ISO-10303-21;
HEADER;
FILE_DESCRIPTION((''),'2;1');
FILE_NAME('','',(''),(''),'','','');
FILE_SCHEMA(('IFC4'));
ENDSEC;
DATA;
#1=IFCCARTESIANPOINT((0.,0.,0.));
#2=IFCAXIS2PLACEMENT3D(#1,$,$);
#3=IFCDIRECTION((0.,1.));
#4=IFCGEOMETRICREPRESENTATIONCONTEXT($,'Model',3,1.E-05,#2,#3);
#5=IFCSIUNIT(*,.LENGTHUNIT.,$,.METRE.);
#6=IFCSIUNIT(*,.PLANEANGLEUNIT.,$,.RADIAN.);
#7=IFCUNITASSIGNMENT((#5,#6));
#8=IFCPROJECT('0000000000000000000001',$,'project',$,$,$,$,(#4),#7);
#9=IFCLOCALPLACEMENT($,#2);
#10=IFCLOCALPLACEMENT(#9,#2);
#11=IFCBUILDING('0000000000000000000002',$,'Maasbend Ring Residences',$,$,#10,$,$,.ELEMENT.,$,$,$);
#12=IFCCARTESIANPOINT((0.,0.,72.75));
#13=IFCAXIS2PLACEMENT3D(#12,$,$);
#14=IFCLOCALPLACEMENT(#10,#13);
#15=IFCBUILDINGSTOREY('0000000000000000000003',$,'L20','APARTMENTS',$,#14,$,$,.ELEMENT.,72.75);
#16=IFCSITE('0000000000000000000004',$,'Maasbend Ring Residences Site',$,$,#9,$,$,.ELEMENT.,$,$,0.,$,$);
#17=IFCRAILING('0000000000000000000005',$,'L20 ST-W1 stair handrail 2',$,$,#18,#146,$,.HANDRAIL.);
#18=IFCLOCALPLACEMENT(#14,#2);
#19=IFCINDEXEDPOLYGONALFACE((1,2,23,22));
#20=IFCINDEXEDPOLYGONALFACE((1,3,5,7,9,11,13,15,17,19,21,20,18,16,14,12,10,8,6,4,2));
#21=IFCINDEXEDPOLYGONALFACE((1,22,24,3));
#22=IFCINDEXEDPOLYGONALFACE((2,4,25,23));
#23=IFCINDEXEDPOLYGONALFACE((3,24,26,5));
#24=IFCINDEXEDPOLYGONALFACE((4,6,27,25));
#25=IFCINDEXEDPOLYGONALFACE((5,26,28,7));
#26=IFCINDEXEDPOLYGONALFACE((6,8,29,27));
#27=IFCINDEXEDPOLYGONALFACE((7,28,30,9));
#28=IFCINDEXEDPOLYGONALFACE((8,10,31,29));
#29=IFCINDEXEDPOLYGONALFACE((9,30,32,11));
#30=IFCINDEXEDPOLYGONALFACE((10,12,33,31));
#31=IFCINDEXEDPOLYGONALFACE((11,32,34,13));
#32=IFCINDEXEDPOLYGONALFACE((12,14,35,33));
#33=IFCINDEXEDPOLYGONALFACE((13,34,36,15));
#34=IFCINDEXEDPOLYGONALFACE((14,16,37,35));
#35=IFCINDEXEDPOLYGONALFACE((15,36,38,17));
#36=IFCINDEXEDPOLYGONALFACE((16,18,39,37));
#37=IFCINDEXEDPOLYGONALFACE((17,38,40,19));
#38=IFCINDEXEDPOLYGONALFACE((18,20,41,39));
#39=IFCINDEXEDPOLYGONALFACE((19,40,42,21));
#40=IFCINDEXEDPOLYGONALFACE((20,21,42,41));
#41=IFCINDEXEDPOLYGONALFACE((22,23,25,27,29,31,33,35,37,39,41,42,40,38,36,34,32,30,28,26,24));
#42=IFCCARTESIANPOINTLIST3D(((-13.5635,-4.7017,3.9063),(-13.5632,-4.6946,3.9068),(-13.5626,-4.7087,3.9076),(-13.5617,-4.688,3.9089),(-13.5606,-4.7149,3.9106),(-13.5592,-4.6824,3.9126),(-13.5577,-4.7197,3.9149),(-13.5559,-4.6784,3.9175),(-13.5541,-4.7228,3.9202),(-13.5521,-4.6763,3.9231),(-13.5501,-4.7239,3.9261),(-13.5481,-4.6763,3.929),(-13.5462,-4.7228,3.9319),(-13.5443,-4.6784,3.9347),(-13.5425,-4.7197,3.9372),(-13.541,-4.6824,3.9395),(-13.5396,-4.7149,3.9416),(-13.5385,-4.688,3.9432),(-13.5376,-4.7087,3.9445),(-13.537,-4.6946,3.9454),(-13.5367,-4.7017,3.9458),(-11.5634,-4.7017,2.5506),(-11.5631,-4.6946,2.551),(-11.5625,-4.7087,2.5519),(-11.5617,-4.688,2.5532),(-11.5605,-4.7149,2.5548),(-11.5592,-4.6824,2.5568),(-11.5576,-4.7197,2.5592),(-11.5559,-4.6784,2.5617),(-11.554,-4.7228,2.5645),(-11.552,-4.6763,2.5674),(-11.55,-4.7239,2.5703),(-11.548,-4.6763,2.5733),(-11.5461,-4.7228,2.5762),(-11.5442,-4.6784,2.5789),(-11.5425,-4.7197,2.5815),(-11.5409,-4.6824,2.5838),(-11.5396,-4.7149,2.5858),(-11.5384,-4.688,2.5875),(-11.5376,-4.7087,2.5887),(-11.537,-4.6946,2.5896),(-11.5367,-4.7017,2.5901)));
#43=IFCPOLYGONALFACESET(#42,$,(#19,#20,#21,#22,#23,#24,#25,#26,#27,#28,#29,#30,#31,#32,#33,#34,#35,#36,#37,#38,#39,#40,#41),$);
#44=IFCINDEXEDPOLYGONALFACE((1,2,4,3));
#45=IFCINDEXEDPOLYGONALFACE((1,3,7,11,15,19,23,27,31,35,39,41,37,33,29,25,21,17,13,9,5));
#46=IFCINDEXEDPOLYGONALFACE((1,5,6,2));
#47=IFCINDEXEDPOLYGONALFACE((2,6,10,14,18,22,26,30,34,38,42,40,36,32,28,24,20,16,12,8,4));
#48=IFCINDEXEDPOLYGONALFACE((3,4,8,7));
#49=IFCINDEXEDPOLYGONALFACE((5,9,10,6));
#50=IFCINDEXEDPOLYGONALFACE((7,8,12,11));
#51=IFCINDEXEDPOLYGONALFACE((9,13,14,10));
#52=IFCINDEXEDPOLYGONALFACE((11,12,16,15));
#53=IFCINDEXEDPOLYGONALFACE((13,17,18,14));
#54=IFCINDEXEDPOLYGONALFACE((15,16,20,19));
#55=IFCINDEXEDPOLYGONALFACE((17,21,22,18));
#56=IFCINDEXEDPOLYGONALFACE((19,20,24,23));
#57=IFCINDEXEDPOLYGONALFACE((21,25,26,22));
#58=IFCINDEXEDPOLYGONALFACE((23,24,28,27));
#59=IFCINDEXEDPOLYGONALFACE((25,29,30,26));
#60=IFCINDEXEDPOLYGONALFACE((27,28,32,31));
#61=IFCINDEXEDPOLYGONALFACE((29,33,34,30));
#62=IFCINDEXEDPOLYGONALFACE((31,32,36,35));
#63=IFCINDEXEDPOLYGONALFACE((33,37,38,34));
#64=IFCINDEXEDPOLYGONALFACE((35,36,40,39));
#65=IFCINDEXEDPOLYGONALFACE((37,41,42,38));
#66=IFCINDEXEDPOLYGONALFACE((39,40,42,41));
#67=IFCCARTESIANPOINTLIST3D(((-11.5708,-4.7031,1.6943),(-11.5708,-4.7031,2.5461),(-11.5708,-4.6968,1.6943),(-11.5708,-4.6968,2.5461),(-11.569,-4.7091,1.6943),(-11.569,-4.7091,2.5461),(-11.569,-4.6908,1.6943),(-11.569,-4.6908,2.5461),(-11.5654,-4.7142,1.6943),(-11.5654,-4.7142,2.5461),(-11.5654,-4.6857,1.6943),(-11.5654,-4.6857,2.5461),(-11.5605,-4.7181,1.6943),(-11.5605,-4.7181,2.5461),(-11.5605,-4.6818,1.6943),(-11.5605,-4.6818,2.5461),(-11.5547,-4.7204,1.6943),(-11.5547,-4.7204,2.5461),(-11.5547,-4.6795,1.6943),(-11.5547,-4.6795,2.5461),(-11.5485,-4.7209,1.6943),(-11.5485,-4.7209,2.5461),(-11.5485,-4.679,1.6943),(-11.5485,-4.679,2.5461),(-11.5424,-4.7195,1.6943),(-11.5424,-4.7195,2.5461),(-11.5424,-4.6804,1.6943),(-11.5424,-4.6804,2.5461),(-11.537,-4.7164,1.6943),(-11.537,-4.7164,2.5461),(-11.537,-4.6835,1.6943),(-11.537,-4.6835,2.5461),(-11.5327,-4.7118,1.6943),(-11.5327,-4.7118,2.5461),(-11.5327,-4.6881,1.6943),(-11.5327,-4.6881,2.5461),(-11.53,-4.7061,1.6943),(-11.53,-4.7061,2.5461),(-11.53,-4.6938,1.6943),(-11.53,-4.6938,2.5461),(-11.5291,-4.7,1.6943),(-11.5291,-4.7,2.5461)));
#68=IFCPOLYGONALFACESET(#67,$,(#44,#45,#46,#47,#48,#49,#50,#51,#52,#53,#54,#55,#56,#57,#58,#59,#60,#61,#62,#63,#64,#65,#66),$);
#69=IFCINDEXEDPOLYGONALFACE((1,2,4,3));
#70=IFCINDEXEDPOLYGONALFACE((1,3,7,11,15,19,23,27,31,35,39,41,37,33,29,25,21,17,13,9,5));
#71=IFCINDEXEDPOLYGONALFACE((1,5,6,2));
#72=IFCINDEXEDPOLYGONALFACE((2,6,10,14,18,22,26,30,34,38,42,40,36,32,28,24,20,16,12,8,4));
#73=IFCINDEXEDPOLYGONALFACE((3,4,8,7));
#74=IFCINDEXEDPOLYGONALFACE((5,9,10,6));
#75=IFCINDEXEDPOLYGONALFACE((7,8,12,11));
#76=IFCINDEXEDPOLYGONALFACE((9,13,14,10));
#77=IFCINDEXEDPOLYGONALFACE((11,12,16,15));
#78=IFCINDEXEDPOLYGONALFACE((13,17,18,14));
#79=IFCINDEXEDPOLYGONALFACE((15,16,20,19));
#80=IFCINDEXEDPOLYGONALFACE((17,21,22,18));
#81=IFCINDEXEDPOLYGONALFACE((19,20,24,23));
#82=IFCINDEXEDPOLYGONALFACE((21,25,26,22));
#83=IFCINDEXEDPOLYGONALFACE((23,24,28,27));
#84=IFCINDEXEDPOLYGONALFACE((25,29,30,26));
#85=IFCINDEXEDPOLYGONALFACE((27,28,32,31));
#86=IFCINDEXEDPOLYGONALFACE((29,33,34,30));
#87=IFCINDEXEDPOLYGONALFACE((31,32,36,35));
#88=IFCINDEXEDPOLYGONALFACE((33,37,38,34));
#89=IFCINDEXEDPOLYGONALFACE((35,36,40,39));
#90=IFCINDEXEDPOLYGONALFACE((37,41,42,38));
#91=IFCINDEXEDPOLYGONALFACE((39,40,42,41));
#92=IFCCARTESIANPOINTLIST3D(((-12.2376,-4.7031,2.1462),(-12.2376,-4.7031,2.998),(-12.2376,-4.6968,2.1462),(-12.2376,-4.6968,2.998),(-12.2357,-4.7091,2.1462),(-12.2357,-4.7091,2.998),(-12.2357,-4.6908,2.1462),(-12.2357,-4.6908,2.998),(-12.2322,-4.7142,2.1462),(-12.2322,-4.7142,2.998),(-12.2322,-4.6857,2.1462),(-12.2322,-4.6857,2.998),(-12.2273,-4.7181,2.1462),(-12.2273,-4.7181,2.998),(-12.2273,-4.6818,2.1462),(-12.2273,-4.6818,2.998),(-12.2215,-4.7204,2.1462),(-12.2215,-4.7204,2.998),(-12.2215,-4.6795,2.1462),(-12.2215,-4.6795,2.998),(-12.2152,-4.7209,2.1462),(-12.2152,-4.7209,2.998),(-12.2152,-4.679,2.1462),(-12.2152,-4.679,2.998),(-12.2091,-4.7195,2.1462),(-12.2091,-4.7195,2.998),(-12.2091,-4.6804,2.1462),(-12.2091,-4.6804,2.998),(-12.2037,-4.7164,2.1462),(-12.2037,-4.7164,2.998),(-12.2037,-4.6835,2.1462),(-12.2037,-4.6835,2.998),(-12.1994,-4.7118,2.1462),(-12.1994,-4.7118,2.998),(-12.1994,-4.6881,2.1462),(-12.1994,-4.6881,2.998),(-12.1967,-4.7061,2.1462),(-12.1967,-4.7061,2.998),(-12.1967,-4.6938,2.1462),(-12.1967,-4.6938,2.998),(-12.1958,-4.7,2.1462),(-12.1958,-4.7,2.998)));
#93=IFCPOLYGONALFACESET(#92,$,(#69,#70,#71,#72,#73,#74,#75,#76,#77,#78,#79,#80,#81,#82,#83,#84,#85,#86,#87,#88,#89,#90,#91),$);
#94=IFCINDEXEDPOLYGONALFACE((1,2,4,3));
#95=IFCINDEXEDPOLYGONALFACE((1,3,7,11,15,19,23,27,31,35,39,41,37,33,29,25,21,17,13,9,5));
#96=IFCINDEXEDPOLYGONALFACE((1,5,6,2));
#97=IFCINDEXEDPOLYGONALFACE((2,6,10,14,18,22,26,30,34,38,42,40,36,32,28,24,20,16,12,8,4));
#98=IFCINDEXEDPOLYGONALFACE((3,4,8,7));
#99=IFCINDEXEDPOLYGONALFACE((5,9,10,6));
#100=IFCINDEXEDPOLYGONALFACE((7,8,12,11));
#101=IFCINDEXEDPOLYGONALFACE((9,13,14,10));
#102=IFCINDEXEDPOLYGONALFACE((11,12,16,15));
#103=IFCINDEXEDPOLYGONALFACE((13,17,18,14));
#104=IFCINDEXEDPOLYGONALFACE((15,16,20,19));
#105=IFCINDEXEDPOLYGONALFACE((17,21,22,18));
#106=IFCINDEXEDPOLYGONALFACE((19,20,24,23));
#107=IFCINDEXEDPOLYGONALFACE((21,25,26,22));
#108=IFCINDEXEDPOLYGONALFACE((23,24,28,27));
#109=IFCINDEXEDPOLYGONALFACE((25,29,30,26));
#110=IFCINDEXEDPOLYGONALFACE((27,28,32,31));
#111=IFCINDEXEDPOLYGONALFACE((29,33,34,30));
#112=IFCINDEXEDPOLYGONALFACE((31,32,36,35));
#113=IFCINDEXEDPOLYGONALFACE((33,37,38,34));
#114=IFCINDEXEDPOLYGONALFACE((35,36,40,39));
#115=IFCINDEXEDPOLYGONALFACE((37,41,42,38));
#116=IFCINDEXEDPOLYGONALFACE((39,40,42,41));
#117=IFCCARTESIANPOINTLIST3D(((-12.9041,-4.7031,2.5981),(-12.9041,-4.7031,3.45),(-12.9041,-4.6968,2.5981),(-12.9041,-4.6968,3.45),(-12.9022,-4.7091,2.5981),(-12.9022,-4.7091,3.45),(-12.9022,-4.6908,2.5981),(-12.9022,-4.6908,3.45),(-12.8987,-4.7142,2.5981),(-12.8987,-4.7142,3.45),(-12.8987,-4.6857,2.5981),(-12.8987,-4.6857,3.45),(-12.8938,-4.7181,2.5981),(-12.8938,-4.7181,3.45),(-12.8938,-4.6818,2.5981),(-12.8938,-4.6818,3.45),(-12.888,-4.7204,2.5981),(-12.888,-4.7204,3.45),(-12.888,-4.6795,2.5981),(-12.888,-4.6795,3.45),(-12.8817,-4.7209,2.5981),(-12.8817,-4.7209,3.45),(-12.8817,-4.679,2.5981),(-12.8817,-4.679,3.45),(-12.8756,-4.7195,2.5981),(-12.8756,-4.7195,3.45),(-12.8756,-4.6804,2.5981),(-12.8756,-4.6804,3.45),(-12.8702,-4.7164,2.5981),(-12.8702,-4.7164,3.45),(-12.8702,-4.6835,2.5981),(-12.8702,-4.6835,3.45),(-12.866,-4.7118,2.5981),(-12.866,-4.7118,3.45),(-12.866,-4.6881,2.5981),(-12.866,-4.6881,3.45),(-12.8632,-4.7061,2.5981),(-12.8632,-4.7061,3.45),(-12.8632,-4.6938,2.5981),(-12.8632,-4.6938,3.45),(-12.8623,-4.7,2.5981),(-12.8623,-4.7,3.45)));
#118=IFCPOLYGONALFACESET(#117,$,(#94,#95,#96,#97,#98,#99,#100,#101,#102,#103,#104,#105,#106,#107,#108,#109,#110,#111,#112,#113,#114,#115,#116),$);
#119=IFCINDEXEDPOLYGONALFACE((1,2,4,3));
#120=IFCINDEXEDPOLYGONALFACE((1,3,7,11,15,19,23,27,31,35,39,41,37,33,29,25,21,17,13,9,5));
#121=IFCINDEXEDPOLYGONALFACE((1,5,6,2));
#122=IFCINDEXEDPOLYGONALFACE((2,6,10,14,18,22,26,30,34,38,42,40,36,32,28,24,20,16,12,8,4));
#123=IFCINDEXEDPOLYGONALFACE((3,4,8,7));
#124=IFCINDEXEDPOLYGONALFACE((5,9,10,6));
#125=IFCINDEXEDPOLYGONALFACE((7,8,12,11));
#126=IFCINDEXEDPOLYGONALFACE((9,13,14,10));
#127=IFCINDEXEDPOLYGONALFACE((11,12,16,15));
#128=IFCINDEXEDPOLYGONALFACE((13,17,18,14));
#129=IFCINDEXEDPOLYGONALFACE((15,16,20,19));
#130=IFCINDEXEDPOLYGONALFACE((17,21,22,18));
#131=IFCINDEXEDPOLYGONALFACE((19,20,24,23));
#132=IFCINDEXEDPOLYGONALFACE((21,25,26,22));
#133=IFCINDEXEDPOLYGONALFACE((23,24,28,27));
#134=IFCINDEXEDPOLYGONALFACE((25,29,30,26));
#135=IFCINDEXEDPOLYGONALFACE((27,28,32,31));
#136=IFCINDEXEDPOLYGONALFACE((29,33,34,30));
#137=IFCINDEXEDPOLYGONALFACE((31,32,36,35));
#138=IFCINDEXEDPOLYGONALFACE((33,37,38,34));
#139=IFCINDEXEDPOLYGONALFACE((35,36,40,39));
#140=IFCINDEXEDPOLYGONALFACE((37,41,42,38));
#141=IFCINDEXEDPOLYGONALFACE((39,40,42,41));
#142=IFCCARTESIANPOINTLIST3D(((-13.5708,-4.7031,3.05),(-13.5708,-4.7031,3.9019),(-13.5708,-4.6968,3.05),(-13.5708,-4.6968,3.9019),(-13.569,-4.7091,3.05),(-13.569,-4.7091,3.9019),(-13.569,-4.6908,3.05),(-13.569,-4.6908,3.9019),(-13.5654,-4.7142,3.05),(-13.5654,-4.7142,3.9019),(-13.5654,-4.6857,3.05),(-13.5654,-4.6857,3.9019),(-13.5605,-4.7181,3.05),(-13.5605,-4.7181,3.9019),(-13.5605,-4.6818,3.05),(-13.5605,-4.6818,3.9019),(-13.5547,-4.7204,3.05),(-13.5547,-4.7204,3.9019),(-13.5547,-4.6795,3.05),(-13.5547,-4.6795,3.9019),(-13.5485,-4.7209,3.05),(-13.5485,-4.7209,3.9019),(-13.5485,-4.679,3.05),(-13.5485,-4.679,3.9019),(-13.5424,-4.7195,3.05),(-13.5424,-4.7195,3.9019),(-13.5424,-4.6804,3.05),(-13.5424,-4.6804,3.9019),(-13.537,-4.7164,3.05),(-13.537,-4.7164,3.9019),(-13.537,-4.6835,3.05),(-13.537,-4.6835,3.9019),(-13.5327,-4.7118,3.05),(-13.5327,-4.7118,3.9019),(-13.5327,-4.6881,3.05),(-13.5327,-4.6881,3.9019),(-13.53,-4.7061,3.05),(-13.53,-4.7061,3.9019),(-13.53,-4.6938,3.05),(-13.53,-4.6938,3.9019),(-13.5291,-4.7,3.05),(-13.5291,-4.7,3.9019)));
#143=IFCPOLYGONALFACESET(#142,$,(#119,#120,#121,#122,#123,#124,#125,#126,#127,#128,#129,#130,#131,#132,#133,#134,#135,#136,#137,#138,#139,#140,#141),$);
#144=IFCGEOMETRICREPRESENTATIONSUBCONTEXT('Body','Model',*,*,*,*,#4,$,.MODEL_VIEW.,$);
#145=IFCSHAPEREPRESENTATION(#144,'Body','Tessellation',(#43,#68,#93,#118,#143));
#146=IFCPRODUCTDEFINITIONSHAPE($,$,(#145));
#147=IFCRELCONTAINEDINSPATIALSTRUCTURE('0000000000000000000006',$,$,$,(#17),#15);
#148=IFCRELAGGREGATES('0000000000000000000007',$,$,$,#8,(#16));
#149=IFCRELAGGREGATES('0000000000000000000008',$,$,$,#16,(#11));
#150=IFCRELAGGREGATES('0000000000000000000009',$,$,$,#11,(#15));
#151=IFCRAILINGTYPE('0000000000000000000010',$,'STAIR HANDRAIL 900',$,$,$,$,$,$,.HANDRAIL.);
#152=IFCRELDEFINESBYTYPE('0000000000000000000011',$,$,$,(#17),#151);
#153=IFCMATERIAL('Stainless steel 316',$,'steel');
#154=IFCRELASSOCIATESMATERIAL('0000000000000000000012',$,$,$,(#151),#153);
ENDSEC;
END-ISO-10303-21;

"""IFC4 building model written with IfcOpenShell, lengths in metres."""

from ifc_helpers import new_model, si_unit, direction, frame, origin, origin_2d, place, context, subcontext, project, spatial, circle, extrude, material, type_object, element, save


model = new_model("IFC4")

# Units and contexts
model_context = context("Model", 3, precision=1e-05, world=origin(), true_north=direction((0.0, 1.0)))
body_context = subcontext(model_context, "Body", "Model", "MODEL_VIEW")
ifc_project = project(units=[si_unit("LENGTHUNIT", "METRE"), si_unit("PLANEANGLEUNIT", "RADIAN")], contexts=[model_context])

# Site, building, storey
site_placement = place(None, origin())
site = spatial("IfcSite", under=ifc_project, at=site_placement, Name="Maasbend Ring Residences Site", CompositionType="ELEMENT", RefElevation=0.0)
building_placement = place(site_placement, origin())
building = spatial("IfcBuilding", under=site, at=building_placement, Name="Maasbend Ring Residences", CompositionType="ELEMENT")
storey_placement = place(building_placement, frame((0.0, 0.0, 72.75)))
storey = spatial("IfcBuildingStorey", under=building, at=storey_placement, Name="L20", Description="APARTMENTS", CompositionType="ELEMENT", Elevation=72.75)

# Railing
ifc_material_1 = material(Name="Stainless steel 316", Category="steel")
railing_type_1 = type_object("IfcRailingType", Name="STAIR HANDRAIL 900", PredefinedType="HANDRAIL", material=ifc_material_1)
railing_1_placement = place(storey_placement, frame((-11.55, -4.7, 1.6943)))
element("IfcRailing", 1, at=railing_1_placement, inside=storey, type_object=railing_type_1, Name="L20 ST-W1 stair handrail 2", PredefinedType="HANDRAIL", context=body_context, shape_type="SweptSolid", body=[
    extrude(circle(Radius=0.0239, at=origin_2d()), frame((0.0, 0.0, 0.876), z_axis=(-0.827751, 0.0, 0.561096), x_axis=(0.0, -1.0, 0.0)), (0.0, 0.0, 1.0), 2.4163),
    extrude(circle(Radius=0.021, at=origin_2d()), origin(), (0.0, 0.0, 1.0), 0.8518),
    extrude(circle(Radius=0.021, at=origin_2d()), frame((-0.6667, 0.0, 0.4519)), (0.0, 0.0, 1.0), 0.8518),
    extrude(circle(Radius=0.021, at=origin_2d()), frame((-1.3333, 0.0, 0.9038)), (0.0, 0.0, 1.0), 0.8518),
    extrude(circle(Radius=0.021, at=origin_2d()), frame((-2.0, 0.0, 1.3557)), (0.0, 0.0, 1.0), 0.8518),
])

save(model, "model.ifc")
